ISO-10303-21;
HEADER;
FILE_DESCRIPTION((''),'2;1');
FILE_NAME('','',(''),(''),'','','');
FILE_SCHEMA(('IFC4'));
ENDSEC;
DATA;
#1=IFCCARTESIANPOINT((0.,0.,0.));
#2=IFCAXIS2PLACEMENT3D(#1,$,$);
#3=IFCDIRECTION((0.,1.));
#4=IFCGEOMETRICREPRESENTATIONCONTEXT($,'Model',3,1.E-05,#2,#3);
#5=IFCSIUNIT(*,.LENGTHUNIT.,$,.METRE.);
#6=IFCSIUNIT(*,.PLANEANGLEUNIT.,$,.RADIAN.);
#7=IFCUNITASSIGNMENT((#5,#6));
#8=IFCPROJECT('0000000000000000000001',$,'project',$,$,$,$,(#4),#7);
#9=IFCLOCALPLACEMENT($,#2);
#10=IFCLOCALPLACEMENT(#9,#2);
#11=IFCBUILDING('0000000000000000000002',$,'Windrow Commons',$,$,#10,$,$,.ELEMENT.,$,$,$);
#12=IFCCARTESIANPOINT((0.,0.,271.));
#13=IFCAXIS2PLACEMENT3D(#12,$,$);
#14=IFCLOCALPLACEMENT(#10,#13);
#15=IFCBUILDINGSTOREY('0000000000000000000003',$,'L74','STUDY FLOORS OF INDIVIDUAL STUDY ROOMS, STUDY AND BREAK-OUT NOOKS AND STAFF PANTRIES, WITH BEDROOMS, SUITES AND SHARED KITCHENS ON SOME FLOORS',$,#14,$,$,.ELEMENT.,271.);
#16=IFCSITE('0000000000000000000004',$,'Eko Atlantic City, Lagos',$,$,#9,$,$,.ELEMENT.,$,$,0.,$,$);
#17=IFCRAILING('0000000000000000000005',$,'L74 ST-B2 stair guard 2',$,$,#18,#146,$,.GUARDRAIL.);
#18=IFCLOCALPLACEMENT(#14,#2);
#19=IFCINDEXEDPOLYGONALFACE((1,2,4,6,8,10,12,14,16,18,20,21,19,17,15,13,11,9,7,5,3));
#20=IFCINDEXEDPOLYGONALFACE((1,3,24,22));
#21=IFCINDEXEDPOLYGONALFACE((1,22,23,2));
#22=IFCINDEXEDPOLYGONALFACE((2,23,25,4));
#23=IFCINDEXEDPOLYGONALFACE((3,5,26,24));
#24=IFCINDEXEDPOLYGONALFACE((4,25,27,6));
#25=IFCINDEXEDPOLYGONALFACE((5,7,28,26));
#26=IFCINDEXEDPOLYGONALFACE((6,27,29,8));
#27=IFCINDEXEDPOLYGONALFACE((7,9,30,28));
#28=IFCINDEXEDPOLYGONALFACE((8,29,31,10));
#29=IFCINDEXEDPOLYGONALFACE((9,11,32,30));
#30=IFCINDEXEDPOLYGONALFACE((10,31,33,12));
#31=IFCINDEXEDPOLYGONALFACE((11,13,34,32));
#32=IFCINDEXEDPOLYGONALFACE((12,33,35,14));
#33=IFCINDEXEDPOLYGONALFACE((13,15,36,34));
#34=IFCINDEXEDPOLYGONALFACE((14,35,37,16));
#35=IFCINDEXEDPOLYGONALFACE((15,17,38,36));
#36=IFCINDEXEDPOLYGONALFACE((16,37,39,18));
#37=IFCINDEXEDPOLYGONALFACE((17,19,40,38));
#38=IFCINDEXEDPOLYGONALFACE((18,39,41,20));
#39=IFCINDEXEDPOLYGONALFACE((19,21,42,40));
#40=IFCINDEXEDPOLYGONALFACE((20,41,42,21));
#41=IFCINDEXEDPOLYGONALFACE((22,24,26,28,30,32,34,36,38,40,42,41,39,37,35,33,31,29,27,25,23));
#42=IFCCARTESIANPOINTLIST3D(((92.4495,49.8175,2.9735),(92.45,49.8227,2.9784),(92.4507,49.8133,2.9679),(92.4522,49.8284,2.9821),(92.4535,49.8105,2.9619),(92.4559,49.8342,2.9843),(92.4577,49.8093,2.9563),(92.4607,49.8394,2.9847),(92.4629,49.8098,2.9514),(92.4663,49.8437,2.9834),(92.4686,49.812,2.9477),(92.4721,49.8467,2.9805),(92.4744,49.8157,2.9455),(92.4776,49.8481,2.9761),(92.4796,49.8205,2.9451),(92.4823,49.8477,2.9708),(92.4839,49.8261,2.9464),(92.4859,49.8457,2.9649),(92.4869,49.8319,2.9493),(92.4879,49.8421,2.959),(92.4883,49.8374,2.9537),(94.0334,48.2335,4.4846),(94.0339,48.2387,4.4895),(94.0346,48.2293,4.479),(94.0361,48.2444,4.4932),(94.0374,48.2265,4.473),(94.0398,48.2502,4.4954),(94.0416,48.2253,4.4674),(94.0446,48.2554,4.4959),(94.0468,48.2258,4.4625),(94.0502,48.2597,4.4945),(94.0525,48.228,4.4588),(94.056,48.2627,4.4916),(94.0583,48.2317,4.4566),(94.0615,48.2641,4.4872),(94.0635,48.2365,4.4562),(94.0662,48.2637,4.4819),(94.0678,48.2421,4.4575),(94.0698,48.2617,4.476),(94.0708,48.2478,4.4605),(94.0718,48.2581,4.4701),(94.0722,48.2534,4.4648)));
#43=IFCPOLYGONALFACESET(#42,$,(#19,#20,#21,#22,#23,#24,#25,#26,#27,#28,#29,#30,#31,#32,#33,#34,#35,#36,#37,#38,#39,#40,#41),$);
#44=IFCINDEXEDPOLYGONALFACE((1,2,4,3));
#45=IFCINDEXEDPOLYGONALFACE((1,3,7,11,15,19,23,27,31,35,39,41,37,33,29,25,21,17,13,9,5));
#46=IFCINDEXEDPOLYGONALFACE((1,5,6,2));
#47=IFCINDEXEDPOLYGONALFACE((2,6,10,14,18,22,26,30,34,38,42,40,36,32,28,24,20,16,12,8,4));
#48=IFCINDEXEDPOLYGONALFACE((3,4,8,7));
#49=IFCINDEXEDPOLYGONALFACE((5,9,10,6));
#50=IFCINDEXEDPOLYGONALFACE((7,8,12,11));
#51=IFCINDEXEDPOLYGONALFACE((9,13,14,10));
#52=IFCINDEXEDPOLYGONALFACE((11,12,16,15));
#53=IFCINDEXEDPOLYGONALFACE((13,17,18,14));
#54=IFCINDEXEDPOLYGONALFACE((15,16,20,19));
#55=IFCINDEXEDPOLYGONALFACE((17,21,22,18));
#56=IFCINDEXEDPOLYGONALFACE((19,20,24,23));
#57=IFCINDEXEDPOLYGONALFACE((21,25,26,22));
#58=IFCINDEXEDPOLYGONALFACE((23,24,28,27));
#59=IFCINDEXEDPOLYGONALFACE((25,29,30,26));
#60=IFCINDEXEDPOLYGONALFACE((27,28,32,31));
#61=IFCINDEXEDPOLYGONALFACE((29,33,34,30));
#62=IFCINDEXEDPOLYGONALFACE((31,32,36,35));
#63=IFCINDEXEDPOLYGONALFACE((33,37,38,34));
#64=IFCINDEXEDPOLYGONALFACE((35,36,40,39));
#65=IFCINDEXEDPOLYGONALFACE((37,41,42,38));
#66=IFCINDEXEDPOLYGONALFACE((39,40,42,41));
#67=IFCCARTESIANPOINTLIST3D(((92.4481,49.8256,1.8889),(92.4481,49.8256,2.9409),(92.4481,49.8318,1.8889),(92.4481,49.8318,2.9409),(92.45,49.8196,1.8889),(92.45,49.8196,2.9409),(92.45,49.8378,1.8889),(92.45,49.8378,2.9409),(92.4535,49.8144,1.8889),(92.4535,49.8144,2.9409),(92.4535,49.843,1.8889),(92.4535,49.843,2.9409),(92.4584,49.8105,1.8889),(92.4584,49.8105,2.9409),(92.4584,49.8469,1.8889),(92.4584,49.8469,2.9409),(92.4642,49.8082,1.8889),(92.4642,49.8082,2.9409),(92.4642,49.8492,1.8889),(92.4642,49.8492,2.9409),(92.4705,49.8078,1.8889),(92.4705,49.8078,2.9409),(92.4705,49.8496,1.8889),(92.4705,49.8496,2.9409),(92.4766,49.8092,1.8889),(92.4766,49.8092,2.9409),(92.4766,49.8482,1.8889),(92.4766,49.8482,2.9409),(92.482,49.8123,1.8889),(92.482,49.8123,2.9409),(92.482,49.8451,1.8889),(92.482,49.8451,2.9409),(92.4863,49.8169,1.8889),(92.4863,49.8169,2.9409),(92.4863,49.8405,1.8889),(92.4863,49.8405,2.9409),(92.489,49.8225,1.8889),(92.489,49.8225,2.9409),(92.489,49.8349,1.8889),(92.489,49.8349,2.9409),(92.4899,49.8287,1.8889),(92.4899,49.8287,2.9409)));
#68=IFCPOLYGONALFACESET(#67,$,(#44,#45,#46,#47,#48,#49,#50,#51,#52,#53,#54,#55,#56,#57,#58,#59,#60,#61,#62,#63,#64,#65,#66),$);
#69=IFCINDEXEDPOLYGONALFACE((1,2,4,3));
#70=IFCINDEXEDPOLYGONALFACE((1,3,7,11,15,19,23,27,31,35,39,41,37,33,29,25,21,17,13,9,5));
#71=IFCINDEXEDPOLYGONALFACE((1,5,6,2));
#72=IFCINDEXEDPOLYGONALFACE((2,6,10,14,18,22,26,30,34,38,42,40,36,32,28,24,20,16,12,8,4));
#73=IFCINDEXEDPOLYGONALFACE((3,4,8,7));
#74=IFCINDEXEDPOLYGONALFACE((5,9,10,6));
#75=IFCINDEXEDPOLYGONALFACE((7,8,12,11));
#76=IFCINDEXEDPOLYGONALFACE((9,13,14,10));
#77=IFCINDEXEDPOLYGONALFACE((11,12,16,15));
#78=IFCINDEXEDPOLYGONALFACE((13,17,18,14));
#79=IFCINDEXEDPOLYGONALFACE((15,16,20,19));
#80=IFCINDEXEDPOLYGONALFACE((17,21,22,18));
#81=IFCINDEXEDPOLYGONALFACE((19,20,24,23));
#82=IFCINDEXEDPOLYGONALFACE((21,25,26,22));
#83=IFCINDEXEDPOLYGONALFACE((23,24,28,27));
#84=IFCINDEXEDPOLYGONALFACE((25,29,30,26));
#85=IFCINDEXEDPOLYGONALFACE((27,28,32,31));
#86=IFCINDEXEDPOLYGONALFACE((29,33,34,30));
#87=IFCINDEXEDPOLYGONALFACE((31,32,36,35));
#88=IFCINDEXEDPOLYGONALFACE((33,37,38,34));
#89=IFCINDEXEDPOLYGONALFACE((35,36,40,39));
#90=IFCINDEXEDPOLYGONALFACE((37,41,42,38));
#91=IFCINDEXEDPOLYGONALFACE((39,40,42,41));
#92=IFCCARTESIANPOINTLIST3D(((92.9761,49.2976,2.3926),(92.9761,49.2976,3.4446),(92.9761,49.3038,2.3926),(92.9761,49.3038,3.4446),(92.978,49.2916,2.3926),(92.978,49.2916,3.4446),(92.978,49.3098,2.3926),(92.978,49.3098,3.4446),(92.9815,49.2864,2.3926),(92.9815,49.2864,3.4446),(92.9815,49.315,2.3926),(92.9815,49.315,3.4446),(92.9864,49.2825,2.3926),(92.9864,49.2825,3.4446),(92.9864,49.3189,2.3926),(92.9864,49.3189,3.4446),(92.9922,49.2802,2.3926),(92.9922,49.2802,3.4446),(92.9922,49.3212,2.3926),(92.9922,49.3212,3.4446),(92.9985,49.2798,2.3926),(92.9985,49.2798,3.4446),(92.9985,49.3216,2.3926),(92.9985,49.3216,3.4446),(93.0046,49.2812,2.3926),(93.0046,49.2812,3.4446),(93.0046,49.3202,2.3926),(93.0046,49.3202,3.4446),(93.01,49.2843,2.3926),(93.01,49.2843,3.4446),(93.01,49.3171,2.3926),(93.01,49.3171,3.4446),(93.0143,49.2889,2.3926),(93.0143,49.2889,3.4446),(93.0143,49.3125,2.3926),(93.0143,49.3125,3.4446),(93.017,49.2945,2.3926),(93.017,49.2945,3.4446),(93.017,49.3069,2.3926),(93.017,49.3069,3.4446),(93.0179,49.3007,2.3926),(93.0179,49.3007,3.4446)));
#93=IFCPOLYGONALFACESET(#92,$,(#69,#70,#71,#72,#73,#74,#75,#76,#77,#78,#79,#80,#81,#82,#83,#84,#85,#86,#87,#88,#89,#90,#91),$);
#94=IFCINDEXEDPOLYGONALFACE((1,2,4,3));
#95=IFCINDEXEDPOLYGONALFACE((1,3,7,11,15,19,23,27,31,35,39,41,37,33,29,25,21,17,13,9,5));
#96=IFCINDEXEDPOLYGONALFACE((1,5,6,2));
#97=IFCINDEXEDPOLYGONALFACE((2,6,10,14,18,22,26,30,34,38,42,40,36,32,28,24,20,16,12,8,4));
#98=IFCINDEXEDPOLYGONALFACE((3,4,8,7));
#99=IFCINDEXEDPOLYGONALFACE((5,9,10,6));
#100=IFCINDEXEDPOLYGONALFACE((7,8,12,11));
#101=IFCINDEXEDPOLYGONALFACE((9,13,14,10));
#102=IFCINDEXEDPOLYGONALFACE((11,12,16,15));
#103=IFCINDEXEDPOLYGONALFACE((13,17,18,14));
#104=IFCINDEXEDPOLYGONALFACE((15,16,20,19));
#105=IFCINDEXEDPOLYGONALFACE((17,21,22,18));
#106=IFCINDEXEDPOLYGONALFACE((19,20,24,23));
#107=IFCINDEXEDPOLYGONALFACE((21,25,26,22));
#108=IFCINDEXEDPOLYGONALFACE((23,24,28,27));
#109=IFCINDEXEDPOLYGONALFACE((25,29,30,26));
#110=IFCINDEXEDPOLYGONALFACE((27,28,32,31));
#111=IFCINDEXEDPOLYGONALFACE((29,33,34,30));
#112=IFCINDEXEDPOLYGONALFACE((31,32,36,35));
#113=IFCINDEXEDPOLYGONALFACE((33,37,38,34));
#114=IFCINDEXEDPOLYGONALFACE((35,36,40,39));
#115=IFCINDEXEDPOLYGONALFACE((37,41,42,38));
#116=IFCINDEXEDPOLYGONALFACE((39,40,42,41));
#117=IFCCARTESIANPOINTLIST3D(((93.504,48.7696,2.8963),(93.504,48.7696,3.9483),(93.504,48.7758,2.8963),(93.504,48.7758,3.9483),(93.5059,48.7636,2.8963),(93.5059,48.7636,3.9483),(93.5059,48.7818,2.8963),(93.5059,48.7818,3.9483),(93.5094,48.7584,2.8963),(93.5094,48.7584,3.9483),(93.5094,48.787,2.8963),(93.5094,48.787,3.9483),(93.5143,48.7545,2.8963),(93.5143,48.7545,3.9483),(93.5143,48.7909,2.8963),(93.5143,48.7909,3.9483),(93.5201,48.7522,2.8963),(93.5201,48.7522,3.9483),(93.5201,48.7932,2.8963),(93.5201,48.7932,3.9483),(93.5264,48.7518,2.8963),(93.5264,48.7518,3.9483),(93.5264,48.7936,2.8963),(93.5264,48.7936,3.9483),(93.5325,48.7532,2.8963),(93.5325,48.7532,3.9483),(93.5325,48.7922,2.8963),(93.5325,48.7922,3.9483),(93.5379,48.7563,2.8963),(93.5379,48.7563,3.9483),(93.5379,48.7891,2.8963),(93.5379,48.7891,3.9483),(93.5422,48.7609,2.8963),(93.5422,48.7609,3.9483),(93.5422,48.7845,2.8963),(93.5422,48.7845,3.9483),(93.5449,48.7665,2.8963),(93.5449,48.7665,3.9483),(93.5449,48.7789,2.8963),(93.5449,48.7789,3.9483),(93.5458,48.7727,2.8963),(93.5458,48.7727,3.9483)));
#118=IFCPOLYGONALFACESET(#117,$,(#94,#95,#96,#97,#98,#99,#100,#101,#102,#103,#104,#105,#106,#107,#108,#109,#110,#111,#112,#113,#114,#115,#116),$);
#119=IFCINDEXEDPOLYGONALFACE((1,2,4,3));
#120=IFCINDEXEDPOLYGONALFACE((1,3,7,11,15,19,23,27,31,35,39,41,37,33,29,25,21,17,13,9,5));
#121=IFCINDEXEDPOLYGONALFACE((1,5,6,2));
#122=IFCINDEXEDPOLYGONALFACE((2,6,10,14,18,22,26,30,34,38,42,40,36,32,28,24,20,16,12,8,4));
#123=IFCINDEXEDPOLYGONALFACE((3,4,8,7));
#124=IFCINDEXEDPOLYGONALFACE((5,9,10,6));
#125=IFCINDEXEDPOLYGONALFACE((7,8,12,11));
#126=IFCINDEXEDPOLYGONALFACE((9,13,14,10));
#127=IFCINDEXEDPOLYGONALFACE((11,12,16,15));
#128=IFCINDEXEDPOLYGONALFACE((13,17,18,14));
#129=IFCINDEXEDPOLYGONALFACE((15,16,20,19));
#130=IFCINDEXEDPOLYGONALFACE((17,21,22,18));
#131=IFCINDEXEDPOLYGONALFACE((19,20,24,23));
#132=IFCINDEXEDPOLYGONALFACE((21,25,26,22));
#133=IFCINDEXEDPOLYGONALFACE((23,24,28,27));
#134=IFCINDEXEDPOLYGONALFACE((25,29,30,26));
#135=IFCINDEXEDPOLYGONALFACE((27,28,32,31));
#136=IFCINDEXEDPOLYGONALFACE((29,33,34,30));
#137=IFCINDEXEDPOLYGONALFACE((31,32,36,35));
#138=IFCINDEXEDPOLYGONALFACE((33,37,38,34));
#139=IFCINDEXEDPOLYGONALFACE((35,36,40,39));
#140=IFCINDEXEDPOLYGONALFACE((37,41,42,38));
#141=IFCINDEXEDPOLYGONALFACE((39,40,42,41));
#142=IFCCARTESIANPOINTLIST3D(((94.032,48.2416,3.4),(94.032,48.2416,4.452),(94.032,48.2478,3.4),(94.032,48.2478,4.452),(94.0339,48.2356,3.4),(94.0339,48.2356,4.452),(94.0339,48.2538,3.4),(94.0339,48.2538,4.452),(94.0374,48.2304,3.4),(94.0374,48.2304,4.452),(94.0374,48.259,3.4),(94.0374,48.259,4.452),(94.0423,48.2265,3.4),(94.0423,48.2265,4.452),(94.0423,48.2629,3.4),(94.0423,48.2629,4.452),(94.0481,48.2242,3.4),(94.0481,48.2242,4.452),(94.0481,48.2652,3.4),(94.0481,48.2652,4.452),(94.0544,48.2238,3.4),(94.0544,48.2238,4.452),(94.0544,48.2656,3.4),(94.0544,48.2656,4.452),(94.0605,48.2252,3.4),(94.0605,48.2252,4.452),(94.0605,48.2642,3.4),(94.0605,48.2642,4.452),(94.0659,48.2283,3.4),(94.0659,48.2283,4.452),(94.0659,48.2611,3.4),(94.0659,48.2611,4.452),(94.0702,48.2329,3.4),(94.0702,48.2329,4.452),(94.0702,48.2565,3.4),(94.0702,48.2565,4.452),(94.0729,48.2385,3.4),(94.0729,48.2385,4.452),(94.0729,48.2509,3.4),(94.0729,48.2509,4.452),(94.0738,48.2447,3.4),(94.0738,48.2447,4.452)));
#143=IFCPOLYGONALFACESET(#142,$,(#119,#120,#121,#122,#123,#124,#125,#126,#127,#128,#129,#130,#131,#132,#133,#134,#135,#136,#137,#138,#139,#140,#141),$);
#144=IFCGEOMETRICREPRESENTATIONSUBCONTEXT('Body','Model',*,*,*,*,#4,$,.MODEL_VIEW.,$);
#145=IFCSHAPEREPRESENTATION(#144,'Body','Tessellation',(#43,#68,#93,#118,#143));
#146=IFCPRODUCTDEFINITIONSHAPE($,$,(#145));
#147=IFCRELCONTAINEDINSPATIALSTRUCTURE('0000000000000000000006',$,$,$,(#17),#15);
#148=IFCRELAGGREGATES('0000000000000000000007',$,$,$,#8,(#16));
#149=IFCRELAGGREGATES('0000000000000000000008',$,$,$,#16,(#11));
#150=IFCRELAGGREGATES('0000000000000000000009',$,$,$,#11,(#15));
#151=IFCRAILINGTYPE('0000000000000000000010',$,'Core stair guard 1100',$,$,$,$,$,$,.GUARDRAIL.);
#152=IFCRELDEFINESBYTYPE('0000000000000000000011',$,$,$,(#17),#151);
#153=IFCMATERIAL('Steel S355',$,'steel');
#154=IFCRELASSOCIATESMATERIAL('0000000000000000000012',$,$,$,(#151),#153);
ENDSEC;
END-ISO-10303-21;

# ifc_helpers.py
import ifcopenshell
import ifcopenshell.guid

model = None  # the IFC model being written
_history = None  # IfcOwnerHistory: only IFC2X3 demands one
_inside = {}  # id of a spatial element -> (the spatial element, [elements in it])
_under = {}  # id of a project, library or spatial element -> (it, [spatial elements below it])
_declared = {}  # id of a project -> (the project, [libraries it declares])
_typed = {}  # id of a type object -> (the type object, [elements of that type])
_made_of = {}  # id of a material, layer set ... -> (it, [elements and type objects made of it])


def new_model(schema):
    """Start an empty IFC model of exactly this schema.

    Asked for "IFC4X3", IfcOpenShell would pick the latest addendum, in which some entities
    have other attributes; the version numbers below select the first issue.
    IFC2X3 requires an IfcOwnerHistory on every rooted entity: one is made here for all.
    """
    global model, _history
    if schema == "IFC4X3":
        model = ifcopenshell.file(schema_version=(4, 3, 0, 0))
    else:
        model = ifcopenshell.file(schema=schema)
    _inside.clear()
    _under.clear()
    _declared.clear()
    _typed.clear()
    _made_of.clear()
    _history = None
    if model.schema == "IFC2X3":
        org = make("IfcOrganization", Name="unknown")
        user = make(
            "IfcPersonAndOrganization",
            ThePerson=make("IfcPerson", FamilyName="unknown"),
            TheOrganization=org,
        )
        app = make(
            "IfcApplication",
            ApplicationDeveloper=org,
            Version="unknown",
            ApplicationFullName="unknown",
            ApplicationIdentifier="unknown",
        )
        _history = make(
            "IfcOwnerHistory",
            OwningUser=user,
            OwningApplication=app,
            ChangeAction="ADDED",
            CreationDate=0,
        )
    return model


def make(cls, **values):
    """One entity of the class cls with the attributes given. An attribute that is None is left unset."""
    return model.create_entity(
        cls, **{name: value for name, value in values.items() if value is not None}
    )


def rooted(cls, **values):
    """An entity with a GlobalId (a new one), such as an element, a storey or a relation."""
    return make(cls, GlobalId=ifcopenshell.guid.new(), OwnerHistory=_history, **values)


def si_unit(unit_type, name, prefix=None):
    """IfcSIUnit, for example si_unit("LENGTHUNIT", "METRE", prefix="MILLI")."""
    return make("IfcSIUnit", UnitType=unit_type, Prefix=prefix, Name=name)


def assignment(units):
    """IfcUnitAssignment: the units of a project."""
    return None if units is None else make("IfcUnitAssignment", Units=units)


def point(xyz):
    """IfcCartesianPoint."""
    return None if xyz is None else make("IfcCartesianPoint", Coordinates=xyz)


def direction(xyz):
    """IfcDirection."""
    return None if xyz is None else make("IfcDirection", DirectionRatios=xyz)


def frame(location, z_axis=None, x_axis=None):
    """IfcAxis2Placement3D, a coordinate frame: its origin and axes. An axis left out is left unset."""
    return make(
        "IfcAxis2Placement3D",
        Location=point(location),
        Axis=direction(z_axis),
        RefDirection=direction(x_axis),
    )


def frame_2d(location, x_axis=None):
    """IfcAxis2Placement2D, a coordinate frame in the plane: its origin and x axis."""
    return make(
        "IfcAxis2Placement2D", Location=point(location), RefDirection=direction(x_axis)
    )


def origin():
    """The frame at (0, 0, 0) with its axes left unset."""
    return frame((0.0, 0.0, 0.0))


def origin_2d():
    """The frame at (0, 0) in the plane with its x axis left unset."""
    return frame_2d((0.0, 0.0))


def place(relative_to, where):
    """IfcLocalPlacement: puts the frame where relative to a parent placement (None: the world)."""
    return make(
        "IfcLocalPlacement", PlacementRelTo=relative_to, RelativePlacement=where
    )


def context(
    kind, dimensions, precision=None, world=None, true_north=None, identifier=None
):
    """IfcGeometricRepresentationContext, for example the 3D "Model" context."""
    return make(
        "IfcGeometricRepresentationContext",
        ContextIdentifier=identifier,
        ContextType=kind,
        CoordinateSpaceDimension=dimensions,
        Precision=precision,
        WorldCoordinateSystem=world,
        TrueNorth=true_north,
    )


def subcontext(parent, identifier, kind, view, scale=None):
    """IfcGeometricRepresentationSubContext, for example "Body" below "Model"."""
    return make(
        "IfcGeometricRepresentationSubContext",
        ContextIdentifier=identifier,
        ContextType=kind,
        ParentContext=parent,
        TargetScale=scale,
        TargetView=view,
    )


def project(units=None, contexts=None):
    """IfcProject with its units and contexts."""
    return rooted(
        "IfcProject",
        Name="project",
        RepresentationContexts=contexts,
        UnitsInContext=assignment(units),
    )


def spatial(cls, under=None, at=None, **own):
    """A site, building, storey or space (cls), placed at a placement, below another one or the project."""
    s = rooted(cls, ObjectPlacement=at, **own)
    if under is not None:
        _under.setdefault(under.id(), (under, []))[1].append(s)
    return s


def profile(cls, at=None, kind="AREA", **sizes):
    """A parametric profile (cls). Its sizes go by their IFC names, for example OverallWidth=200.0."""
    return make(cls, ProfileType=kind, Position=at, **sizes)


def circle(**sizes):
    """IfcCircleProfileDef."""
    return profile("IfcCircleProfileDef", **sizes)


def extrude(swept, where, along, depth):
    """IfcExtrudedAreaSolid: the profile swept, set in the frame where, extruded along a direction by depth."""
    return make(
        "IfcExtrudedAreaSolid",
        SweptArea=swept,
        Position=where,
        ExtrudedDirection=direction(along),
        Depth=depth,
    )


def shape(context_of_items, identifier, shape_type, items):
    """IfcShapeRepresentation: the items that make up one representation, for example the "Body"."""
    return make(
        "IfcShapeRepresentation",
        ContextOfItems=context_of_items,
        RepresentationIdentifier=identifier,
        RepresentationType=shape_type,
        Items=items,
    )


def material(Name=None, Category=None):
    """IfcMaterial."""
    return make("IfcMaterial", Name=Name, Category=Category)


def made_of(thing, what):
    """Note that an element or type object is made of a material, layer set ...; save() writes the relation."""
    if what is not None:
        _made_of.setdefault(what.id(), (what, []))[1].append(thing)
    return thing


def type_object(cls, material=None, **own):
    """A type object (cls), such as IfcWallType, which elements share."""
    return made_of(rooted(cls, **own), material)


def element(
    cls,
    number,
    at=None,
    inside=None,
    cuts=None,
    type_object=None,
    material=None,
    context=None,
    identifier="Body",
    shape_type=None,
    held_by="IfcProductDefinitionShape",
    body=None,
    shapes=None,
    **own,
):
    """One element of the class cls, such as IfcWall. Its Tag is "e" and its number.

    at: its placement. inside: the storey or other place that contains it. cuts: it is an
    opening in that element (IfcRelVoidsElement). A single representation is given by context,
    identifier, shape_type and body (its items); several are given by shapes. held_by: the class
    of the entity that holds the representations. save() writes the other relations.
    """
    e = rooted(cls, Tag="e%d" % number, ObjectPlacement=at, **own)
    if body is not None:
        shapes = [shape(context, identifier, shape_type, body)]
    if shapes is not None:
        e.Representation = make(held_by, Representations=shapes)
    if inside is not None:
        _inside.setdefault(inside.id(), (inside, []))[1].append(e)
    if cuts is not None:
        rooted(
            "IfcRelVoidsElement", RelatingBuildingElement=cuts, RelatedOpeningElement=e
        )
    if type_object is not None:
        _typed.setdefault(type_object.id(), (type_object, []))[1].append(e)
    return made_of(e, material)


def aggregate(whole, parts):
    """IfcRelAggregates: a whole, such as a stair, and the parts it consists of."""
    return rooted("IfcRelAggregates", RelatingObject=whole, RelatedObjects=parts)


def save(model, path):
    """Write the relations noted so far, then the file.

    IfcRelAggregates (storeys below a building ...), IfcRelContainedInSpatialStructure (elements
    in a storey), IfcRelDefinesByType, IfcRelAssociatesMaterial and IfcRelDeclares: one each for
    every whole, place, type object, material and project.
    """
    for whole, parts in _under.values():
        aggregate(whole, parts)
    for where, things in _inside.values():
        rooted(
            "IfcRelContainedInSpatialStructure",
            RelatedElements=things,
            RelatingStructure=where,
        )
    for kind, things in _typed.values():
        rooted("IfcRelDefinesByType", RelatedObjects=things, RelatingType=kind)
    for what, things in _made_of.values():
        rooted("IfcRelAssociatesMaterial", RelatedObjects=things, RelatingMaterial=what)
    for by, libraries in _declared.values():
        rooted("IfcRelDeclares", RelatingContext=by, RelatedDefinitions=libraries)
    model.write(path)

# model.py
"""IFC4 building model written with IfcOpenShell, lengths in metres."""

from ifc_helpers import new_model, si_unit, direction, frame, origin, origin_2d, place, context, subcontext, project, spatial, circle, extrude, material, type_object, element, save


model = new_model("IFC4")

# Units and contexts
model_context = context("Model", 3, precision=1e-05, world=origin(), true_north=direction((0.0, 1.0)))
body_context = subcontext(model_context, "Body", "Model", "MODEL_VIEW")
ifc_project = project(units=[si_unit("LENGTHUNIT", "METRE"), si_unit("PLANEANGLEUNIT", "RADIAN")], contexts=[model_context])

# Site, building, storey
site_placement = place(None, origin())
site = spatial("IfcSite", under=ifc_project, at=site_placement, Name="Eko Atlantic City, Lagos", CompositionType="ELEMENT", RefElevation=0.0)
building_placement = place(site_placement, origin())
building = spatial("IfcBuilding", under=site, at=building_placement, Name="Windrow Commons", CompositionType="ELEMENT")
storey_placement = place(building_placement, frame((0.0, 0.0, 271.0)))
storey = spatial("IfcBuildingStorey", under=building, at=storey_placement, Name="L74", Description="STUDY FLOORS OF INDIVIDUAL STUDY ROOMS, STUDY AND BREAK-OUT NOOKS AND STAFF PANTRIES, WITH BEDROOMS, SUITES AND SHARED KITCHENS ON SOME FLOORS", CompositionType="ELEMENT", Elevation=271.0)

# Railing
ifc_material_1 = material(Name="Steel S355", Category="steel")
railing_type_1 = type_object("IfcRailingType", Name="Core stair guard 1100", PredefinedType="GUARDRAIL", material=ifc_material_1)
railing_1_placement = place(storey_placement, frame((92.4689, 49.8287, 1.8889)))
element("IfcRailing", 1, at=railing_1_placement, inside=storey, type_object=railing_type_1, Name="L74 ST-B2 stair guard 2", PredefinedType="GUARDRAIL", context=body_context, shape_type="SweptSolid", body=[
    extrude(circle(Radius=0.024, at=origin_2d()), frame((0.0, 0.0, 1.076), z_axis=(0.586179, -0.586216, 0.559237), x_axis=(0.707129, 0.707084, 0.0)), (0.0, 0.0, 1.0), 2.7021),
    extrude(circle(Radius=0.021, at=origin_2d()), origin(), (0.0, 0.0, 1.0), 1.052),
    extrude(circle(Radius=0.021, at=origin_2d()), frame((0.528, -0.528, 0.5037)), (0.0, 0.0, 1.0), 1.052),
    extrude(circle(Radius=0.021, at=origin_2d()), frame((1.0559, -1.056, 1.0074)), (0.0, 0.0, 1.0), 1.052),
    extrude(circle(Radius=0.021, at=origin_2d()), frame((1.5839, -1.584, 1.5111)), (0.0, 0.0, 1.0), 1.052),
])

save(model, "model.ifc")
